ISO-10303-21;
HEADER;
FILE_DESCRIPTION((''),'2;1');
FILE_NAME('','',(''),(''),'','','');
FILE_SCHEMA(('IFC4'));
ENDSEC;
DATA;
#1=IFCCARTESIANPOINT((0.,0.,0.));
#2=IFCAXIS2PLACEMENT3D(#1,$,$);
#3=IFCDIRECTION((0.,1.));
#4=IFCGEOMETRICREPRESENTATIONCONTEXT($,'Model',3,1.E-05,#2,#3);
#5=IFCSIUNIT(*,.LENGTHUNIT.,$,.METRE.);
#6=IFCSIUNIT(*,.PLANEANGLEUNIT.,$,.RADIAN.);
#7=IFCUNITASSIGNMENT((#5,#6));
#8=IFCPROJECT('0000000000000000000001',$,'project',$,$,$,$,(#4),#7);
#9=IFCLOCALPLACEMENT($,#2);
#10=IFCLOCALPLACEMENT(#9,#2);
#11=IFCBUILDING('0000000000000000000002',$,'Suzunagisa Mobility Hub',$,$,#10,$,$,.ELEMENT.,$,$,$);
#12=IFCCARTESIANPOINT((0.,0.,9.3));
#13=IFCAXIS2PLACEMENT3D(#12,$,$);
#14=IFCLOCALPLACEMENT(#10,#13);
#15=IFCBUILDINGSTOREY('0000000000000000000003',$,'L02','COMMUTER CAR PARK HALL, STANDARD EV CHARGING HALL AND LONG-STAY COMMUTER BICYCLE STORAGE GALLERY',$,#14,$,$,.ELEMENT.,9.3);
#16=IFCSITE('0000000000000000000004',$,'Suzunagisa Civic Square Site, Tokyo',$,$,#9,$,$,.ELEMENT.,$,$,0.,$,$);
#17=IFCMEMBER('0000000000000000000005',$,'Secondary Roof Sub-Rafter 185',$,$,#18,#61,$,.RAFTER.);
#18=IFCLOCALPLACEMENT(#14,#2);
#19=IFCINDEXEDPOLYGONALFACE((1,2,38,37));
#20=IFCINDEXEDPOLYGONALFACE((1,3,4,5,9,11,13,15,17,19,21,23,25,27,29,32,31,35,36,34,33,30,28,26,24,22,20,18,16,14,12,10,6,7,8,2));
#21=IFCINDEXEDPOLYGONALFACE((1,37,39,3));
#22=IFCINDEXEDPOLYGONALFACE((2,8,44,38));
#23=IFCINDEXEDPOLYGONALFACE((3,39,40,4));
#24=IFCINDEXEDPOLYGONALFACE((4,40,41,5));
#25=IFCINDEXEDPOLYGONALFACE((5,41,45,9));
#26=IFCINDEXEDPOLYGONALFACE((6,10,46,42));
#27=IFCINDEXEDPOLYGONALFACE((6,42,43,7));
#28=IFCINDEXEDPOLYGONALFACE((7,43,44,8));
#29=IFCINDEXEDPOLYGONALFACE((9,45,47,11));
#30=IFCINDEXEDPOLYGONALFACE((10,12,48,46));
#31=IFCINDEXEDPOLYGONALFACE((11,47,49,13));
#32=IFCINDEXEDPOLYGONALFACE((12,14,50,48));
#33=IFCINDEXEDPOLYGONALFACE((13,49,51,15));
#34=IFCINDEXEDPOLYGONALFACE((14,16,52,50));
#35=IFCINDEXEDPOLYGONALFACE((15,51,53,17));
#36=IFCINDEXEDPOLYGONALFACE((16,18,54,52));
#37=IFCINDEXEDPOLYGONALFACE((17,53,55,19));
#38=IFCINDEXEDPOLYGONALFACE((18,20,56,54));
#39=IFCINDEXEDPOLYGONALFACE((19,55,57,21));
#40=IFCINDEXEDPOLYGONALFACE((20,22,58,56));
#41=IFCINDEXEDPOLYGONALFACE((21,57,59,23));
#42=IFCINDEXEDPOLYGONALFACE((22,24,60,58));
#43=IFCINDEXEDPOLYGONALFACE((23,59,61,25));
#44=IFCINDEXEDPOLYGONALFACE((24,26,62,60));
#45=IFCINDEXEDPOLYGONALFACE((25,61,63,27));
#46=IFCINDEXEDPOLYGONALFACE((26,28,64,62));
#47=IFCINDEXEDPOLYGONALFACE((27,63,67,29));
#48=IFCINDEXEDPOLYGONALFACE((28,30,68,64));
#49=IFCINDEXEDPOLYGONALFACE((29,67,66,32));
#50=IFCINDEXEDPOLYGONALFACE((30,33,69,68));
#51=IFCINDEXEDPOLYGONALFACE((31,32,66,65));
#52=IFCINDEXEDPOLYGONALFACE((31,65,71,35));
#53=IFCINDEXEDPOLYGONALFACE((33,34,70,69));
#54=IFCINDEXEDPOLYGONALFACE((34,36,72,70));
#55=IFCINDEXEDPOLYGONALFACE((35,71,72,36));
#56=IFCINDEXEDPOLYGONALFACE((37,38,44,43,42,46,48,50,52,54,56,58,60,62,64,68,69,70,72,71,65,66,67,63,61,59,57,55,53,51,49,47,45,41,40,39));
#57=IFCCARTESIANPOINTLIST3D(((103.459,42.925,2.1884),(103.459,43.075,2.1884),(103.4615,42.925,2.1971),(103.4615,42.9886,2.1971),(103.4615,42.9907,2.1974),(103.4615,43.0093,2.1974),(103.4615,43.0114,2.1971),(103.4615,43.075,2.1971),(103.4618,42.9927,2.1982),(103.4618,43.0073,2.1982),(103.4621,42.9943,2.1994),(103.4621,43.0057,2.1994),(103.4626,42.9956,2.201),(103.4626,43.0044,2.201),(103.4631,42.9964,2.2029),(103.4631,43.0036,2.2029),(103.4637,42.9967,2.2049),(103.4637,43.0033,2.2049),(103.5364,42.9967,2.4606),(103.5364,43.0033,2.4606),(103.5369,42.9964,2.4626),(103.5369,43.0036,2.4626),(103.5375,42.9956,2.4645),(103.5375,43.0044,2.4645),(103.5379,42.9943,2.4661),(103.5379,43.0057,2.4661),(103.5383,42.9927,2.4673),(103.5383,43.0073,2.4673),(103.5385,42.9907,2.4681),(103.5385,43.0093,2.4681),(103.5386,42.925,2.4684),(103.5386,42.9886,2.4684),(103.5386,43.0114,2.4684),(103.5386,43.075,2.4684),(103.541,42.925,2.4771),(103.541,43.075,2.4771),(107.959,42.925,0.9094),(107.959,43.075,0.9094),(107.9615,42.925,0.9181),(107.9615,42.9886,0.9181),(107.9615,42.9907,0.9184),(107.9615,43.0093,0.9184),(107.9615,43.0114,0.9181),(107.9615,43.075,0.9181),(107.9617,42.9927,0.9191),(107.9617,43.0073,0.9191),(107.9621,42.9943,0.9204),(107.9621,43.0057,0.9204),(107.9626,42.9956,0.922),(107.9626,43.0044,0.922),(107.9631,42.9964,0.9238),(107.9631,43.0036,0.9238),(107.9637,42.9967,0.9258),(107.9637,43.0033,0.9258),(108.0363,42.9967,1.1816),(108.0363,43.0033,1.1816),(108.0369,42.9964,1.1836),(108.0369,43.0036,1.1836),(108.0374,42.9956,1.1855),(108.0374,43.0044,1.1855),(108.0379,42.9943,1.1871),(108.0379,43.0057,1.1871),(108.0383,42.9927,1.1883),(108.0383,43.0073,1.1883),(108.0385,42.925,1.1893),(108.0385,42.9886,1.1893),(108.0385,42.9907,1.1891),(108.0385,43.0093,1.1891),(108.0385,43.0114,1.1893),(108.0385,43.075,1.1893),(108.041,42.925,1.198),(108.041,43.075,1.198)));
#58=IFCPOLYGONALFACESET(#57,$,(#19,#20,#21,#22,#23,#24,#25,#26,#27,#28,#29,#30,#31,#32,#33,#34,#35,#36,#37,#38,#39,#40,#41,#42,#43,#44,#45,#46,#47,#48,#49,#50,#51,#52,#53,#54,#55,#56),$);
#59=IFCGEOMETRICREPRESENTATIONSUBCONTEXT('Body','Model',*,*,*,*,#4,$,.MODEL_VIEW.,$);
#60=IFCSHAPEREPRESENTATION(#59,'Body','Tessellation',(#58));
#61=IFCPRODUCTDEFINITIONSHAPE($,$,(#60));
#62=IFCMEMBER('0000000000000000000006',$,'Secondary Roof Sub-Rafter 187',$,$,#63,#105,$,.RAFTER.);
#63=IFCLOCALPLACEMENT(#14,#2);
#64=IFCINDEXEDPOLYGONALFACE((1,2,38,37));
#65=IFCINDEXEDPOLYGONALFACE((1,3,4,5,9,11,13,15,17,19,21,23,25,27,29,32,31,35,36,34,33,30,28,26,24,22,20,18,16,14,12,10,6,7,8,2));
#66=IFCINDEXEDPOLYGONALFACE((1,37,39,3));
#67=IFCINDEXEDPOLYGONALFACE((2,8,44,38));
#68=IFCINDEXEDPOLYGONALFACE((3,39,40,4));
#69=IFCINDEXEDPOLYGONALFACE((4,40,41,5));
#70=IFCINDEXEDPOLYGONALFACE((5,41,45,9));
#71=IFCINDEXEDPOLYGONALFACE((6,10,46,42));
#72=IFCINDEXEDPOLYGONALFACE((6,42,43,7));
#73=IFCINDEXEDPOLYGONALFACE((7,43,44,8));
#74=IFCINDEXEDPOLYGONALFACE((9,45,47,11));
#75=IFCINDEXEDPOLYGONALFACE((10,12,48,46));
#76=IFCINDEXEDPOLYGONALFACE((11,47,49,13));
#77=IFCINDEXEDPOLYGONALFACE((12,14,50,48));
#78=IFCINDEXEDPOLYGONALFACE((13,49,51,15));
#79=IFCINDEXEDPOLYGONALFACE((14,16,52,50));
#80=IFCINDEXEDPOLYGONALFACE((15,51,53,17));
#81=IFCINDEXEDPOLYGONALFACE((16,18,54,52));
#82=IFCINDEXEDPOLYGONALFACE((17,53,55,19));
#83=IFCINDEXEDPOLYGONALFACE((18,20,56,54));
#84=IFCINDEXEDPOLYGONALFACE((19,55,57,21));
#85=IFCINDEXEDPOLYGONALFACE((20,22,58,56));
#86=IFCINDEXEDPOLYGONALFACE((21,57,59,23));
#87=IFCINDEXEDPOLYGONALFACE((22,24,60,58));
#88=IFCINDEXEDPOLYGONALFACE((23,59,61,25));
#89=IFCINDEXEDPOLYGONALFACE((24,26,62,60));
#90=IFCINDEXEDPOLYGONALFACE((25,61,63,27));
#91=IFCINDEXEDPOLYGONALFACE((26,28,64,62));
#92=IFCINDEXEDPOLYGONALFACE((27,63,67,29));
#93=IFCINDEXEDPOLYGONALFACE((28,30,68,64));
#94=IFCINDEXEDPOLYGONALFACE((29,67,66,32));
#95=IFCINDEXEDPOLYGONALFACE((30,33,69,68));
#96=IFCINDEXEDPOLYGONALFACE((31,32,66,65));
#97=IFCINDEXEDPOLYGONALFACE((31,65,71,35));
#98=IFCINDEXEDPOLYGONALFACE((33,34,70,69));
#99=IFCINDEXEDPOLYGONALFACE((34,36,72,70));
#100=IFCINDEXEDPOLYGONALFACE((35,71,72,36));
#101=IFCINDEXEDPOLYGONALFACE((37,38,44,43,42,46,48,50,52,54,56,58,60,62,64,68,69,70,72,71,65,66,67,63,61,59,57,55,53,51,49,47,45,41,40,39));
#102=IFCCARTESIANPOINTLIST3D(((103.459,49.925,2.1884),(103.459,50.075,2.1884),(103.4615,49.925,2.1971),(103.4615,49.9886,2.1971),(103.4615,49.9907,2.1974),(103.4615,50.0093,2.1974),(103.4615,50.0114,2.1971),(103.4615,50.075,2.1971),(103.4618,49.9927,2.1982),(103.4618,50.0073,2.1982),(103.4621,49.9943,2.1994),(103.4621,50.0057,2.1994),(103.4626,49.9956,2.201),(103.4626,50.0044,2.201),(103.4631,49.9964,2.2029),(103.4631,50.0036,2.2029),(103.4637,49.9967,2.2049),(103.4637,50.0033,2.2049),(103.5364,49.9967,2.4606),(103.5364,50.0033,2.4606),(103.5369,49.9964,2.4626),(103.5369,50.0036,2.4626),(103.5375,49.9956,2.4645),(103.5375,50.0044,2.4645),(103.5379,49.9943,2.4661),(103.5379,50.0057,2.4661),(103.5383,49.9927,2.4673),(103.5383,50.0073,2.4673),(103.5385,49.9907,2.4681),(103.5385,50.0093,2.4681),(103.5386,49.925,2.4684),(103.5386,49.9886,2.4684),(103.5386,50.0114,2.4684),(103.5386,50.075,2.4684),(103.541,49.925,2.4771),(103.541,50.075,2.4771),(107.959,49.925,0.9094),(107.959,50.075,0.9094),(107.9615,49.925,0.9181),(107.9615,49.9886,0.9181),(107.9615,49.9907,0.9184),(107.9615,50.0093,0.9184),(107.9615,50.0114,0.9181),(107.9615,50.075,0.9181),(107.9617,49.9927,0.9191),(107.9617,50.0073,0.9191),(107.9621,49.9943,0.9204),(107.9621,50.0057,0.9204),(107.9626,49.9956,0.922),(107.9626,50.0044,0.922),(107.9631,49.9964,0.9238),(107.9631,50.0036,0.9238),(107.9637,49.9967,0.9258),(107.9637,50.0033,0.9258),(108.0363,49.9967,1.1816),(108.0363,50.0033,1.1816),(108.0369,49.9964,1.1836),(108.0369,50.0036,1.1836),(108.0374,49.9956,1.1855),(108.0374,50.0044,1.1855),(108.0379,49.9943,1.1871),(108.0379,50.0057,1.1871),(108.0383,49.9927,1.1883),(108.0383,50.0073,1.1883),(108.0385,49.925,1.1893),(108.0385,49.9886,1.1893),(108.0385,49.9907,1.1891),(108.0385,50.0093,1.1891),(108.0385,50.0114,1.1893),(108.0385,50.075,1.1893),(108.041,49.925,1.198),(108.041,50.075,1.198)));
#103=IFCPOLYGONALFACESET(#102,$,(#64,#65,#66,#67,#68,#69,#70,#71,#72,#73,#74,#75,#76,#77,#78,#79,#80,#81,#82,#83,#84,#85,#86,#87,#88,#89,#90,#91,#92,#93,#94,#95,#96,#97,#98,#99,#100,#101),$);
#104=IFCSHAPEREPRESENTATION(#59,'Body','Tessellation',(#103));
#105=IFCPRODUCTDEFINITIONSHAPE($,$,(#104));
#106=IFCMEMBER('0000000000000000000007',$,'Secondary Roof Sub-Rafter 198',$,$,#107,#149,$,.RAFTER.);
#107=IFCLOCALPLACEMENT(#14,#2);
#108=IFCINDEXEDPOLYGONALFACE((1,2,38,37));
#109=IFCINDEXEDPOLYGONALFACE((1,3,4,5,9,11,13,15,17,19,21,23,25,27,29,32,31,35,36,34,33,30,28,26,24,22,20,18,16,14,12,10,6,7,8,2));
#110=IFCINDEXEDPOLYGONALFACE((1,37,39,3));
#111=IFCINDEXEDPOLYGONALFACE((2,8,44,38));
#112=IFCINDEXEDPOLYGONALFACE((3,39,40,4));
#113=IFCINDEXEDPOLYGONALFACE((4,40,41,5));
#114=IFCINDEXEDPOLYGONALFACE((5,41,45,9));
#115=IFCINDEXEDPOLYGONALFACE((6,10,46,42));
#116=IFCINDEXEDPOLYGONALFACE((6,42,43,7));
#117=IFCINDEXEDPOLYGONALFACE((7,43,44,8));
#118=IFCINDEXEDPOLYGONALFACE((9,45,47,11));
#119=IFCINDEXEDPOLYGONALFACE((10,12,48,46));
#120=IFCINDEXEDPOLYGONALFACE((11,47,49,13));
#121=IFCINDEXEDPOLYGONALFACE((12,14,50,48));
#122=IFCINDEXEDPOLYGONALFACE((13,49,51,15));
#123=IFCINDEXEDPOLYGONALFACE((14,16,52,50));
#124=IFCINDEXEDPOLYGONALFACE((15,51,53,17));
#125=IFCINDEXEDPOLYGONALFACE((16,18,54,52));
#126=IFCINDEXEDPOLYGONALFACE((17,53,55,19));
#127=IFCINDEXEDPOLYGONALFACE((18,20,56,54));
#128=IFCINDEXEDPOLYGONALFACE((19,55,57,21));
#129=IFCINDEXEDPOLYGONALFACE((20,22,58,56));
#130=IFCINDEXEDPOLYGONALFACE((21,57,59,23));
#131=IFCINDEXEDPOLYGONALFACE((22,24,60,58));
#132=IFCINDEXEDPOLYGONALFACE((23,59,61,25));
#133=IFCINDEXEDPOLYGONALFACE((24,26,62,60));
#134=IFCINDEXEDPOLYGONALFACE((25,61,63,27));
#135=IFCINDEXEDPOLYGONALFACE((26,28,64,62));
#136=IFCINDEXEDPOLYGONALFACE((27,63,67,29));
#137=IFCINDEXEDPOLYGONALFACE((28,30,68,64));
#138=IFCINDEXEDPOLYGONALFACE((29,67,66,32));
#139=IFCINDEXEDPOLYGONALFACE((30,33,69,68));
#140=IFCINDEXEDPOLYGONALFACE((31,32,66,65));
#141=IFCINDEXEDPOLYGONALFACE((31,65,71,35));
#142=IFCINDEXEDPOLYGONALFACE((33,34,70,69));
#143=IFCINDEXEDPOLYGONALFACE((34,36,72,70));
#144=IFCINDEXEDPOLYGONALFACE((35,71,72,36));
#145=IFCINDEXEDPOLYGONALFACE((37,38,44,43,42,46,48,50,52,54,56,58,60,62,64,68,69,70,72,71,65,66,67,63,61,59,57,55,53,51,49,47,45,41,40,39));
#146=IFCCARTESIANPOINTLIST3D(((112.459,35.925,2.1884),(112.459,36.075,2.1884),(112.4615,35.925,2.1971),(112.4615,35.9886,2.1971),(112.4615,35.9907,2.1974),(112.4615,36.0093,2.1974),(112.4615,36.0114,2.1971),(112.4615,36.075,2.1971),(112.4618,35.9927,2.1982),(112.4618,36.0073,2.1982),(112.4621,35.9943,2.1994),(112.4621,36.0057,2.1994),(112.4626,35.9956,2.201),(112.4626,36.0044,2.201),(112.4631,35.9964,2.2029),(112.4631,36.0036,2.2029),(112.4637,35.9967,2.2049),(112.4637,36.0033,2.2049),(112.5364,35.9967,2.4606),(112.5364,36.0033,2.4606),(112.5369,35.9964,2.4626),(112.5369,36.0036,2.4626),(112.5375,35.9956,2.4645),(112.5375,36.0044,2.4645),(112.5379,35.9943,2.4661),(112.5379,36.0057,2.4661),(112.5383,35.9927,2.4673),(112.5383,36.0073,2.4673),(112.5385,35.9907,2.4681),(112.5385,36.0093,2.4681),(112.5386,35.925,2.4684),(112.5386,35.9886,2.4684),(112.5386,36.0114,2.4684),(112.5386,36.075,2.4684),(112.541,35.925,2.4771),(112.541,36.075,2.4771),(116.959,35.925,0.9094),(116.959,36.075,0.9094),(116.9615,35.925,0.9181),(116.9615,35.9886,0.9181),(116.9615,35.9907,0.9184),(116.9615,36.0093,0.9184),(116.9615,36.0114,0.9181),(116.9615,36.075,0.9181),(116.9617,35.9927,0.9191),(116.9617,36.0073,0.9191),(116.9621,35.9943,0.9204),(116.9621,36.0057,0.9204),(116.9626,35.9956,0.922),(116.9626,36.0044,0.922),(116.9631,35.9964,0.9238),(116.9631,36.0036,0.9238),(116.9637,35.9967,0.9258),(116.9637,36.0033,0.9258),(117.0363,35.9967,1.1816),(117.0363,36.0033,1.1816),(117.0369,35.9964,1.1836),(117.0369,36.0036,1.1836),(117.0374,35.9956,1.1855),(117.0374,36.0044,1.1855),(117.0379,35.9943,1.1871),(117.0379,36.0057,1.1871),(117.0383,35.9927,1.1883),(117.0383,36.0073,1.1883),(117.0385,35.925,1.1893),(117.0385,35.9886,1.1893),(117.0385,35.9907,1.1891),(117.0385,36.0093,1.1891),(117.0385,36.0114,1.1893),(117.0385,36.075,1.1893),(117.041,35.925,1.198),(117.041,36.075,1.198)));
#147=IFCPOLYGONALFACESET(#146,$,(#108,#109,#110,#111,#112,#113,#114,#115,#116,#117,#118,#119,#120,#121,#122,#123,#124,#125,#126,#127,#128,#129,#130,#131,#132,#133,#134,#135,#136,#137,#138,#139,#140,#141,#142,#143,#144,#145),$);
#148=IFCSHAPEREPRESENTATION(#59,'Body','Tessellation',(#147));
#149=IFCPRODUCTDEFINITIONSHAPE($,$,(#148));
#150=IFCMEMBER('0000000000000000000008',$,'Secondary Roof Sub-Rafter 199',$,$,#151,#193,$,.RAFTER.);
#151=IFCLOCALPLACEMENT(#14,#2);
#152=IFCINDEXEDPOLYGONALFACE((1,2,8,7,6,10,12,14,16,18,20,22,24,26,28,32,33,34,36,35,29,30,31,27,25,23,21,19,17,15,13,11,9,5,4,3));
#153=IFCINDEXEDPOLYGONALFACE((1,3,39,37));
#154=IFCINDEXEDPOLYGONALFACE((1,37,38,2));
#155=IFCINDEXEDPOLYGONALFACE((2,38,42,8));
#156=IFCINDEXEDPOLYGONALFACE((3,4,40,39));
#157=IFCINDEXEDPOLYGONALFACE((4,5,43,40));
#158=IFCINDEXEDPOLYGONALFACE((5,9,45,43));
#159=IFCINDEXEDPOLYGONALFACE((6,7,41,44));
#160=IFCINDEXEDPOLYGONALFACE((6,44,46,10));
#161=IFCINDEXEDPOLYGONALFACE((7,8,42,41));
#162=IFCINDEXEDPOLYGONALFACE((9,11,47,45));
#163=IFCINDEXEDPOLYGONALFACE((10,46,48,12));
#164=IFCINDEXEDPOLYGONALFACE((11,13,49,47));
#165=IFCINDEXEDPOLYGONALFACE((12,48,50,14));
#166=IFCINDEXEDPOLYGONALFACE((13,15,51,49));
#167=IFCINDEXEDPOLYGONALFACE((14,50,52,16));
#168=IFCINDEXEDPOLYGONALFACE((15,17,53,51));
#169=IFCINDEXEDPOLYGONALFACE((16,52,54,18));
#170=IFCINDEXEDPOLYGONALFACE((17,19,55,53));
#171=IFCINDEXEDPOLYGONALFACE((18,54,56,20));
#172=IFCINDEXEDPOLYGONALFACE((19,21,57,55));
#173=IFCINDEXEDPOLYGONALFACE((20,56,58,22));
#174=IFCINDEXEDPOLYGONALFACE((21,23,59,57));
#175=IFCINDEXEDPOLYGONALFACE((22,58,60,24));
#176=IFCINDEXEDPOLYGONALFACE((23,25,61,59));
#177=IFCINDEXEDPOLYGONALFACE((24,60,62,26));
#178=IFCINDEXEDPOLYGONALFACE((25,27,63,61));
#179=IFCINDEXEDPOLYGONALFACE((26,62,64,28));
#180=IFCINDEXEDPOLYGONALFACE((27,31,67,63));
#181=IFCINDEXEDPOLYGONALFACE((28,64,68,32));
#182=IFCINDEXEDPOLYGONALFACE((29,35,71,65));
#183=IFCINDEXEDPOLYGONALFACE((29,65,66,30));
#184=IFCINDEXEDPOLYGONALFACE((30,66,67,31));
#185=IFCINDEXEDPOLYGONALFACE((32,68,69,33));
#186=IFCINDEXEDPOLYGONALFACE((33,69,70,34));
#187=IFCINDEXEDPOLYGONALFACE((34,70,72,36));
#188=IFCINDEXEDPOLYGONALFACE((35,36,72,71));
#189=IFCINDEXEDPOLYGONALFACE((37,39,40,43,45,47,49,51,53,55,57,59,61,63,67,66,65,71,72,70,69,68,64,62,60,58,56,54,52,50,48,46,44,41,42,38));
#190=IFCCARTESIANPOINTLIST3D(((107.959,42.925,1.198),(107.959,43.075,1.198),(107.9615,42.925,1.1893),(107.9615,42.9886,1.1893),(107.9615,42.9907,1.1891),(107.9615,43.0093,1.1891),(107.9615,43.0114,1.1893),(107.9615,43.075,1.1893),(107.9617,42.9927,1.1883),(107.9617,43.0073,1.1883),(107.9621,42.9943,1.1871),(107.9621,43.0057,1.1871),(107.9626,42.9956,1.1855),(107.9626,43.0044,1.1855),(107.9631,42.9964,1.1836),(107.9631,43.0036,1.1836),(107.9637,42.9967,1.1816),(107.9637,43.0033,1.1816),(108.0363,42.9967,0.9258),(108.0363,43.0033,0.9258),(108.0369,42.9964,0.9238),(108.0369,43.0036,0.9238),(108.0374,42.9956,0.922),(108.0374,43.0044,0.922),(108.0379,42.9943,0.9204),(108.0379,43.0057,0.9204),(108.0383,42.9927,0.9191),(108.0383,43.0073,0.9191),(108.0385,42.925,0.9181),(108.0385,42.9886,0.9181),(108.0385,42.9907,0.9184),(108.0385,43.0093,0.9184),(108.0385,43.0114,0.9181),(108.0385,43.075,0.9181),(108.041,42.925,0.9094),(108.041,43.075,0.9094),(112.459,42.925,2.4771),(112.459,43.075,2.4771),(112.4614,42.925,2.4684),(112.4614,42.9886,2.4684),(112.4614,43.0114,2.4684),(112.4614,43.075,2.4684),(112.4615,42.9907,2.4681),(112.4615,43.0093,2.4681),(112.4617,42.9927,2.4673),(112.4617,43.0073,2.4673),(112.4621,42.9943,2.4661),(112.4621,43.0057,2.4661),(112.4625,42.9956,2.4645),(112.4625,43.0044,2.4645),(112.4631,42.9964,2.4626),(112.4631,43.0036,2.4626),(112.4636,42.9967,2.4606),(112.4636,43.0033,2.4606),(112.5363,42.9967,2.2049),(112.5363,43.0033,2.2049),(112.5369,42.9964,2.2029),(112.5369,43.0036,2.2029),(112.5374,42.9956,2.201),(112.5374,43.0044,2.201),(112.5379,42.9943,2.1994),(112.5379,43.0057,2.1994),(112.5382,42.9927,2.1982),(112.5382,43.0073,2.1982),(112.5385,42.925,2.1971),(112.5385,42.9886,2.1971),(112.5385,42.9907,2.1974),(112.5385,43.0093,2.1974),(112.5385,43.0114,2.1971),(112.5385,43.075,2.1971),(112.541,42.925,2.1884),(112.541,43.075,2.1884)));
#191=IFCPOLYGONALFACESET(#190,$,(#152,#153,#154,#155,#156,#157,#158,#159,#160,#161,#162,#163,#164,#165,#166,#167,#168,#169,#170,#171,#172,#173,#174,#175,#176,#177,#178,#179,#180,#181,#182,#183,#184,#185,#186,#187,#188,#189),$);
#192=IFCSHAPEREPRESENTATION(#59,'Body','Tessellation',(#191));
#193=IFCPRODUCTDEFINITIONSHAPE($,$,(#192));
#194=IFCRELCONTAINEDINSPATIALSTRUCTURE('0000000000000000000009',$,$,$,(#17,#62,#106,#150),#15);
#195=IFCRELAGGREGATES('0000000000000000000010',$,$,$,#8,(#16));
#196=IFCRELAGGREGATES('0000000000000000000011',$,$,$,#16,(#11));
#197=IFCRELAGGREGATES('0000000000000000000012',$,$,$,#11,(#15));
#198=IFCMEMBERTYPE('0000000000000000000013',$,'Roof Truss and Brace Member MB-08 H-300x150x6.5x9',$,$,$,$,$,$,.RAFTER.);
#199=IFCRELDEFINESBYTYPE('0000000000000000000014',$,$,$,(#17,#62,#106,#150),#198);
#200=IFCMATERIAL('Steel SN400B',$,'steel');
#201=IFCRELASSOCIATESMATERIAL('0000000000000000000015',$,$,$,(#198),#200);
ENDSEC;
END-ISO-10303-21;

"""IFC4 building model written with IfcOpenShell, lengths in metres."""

from ifc_helpers import new_model, si_unit, direction, frame, origin, origin_2d, place, context, subcontext, project, spatial, i_section, extrude, material, material_profile, profile_set, type_object, element, save


model = new_model("IFC4")

# Units and contexts
model_context = context("Model", 3, precision=1e-05, world=origin(), true_north=direction((0.0, 1.0)))
body_context = subcontext(model_context, "Body", "Model", "MODEL_VIEW")
ifc_project = project(units=[si_unit("LENGTHUNIT", "METRE"), si_unit("PLANEANGLEUNIT", "RADIAN")], contexts=[model_context])

# Site, building, storey
site_placement = place(None, origin())
site = spatial("IfcSite", under=ifc_project, at=site_placement, Name="Suzunagisa Civic Square Site, Tokyo", CompositionType="ELEMENT", RefElevation=0.0)
building_placement = place(site_placement, origin())
building = spatial("IfcBuilding", under=site, at=building_placement, Name="Suzunagisa Mobility Hub", CompositionType="ELEMENT")
storey_placement = place(building_placement, frame((0.0, 0.0, 9.3)))
storey = spatial("IfcBuildingStorey", under=building, at=storey_placement, Name="L02", Description="COMMUTER CAR PARK HALL, STANDARD EV CHARGING HALL AND LONG-STAY COMMUTER BICYCLE STORAGE GALLERY", CompositionType="ELEMENT", Elevation=9.3)

# Members
ifc_material_1 = material(Name="Steel SN400B", Category="steel")
ifc_material_profile_1 = material_profile(ifc_material_1, i_section(OverallWidth=0.1499, OverallDepth=0.3, WebThickness=0.0066, FlangeThickness=0.009, FilletRadius=0.0081, at=origin_2d()), Name="H-300x150x6.5x9")
ifc_profile_set_1 = profile_set([ifc_material_profile_1], Name="Steel SN400B")
member_type_1 = type_object("IfcMemberType", Name="Roof Truss and Brace Member MB-08 H-300x150x6.5x9", PredefinedType="RAFTER", material=ifc_profile_set_1)
for number, where, z_axis, x_axis, name in (
    (1, (108.0, 43.0, 1.0537), (-0.961899, 0.0, 0.273404), (0.0, -1.0, 0.0), "Secondary Roof Sub-Rafter 185"),
    (2, (108.0, 50.0, 1.0537), (-0.961899, 0.0, 0.273404), (0.0, -1.0, 0.0), "Secondary Roof Sub-Rafter 187"),
    (3, (117.0, 36.0, 1.0537), (-0.961899, 0.0, 0.273404), (0.0, -1.0, 0.0), "Secondary Roof Sub-Rafter 198"),
    (4, (108.0, 43.0, 1.0537), (0.961899, 0.0, 0.273404), (0.0, 1.0, 0.0), "Secondary Roof Sub-Rafter 199"),
):
    element("IfcMember", number, at=place(storey_placement, frame(where, z_axis=z_axis, x_axis=x_axis)), inside=storey, type_object=member_type_1, Name=name, PredefinedType="RAFTER", context=body_context, shape_type="SweptSolid", body=[
        extrude(i_section(OverallWidth=0.1499, OverallDepth=0.3, WebThickness=0.0066, FlangeThickness=0.009, FilletRadius=0.0081, at=origin_2d()), origin(), (0.0, 0.0, 1.0), 4.6782),
    ])

save(model, "model.ifc")
